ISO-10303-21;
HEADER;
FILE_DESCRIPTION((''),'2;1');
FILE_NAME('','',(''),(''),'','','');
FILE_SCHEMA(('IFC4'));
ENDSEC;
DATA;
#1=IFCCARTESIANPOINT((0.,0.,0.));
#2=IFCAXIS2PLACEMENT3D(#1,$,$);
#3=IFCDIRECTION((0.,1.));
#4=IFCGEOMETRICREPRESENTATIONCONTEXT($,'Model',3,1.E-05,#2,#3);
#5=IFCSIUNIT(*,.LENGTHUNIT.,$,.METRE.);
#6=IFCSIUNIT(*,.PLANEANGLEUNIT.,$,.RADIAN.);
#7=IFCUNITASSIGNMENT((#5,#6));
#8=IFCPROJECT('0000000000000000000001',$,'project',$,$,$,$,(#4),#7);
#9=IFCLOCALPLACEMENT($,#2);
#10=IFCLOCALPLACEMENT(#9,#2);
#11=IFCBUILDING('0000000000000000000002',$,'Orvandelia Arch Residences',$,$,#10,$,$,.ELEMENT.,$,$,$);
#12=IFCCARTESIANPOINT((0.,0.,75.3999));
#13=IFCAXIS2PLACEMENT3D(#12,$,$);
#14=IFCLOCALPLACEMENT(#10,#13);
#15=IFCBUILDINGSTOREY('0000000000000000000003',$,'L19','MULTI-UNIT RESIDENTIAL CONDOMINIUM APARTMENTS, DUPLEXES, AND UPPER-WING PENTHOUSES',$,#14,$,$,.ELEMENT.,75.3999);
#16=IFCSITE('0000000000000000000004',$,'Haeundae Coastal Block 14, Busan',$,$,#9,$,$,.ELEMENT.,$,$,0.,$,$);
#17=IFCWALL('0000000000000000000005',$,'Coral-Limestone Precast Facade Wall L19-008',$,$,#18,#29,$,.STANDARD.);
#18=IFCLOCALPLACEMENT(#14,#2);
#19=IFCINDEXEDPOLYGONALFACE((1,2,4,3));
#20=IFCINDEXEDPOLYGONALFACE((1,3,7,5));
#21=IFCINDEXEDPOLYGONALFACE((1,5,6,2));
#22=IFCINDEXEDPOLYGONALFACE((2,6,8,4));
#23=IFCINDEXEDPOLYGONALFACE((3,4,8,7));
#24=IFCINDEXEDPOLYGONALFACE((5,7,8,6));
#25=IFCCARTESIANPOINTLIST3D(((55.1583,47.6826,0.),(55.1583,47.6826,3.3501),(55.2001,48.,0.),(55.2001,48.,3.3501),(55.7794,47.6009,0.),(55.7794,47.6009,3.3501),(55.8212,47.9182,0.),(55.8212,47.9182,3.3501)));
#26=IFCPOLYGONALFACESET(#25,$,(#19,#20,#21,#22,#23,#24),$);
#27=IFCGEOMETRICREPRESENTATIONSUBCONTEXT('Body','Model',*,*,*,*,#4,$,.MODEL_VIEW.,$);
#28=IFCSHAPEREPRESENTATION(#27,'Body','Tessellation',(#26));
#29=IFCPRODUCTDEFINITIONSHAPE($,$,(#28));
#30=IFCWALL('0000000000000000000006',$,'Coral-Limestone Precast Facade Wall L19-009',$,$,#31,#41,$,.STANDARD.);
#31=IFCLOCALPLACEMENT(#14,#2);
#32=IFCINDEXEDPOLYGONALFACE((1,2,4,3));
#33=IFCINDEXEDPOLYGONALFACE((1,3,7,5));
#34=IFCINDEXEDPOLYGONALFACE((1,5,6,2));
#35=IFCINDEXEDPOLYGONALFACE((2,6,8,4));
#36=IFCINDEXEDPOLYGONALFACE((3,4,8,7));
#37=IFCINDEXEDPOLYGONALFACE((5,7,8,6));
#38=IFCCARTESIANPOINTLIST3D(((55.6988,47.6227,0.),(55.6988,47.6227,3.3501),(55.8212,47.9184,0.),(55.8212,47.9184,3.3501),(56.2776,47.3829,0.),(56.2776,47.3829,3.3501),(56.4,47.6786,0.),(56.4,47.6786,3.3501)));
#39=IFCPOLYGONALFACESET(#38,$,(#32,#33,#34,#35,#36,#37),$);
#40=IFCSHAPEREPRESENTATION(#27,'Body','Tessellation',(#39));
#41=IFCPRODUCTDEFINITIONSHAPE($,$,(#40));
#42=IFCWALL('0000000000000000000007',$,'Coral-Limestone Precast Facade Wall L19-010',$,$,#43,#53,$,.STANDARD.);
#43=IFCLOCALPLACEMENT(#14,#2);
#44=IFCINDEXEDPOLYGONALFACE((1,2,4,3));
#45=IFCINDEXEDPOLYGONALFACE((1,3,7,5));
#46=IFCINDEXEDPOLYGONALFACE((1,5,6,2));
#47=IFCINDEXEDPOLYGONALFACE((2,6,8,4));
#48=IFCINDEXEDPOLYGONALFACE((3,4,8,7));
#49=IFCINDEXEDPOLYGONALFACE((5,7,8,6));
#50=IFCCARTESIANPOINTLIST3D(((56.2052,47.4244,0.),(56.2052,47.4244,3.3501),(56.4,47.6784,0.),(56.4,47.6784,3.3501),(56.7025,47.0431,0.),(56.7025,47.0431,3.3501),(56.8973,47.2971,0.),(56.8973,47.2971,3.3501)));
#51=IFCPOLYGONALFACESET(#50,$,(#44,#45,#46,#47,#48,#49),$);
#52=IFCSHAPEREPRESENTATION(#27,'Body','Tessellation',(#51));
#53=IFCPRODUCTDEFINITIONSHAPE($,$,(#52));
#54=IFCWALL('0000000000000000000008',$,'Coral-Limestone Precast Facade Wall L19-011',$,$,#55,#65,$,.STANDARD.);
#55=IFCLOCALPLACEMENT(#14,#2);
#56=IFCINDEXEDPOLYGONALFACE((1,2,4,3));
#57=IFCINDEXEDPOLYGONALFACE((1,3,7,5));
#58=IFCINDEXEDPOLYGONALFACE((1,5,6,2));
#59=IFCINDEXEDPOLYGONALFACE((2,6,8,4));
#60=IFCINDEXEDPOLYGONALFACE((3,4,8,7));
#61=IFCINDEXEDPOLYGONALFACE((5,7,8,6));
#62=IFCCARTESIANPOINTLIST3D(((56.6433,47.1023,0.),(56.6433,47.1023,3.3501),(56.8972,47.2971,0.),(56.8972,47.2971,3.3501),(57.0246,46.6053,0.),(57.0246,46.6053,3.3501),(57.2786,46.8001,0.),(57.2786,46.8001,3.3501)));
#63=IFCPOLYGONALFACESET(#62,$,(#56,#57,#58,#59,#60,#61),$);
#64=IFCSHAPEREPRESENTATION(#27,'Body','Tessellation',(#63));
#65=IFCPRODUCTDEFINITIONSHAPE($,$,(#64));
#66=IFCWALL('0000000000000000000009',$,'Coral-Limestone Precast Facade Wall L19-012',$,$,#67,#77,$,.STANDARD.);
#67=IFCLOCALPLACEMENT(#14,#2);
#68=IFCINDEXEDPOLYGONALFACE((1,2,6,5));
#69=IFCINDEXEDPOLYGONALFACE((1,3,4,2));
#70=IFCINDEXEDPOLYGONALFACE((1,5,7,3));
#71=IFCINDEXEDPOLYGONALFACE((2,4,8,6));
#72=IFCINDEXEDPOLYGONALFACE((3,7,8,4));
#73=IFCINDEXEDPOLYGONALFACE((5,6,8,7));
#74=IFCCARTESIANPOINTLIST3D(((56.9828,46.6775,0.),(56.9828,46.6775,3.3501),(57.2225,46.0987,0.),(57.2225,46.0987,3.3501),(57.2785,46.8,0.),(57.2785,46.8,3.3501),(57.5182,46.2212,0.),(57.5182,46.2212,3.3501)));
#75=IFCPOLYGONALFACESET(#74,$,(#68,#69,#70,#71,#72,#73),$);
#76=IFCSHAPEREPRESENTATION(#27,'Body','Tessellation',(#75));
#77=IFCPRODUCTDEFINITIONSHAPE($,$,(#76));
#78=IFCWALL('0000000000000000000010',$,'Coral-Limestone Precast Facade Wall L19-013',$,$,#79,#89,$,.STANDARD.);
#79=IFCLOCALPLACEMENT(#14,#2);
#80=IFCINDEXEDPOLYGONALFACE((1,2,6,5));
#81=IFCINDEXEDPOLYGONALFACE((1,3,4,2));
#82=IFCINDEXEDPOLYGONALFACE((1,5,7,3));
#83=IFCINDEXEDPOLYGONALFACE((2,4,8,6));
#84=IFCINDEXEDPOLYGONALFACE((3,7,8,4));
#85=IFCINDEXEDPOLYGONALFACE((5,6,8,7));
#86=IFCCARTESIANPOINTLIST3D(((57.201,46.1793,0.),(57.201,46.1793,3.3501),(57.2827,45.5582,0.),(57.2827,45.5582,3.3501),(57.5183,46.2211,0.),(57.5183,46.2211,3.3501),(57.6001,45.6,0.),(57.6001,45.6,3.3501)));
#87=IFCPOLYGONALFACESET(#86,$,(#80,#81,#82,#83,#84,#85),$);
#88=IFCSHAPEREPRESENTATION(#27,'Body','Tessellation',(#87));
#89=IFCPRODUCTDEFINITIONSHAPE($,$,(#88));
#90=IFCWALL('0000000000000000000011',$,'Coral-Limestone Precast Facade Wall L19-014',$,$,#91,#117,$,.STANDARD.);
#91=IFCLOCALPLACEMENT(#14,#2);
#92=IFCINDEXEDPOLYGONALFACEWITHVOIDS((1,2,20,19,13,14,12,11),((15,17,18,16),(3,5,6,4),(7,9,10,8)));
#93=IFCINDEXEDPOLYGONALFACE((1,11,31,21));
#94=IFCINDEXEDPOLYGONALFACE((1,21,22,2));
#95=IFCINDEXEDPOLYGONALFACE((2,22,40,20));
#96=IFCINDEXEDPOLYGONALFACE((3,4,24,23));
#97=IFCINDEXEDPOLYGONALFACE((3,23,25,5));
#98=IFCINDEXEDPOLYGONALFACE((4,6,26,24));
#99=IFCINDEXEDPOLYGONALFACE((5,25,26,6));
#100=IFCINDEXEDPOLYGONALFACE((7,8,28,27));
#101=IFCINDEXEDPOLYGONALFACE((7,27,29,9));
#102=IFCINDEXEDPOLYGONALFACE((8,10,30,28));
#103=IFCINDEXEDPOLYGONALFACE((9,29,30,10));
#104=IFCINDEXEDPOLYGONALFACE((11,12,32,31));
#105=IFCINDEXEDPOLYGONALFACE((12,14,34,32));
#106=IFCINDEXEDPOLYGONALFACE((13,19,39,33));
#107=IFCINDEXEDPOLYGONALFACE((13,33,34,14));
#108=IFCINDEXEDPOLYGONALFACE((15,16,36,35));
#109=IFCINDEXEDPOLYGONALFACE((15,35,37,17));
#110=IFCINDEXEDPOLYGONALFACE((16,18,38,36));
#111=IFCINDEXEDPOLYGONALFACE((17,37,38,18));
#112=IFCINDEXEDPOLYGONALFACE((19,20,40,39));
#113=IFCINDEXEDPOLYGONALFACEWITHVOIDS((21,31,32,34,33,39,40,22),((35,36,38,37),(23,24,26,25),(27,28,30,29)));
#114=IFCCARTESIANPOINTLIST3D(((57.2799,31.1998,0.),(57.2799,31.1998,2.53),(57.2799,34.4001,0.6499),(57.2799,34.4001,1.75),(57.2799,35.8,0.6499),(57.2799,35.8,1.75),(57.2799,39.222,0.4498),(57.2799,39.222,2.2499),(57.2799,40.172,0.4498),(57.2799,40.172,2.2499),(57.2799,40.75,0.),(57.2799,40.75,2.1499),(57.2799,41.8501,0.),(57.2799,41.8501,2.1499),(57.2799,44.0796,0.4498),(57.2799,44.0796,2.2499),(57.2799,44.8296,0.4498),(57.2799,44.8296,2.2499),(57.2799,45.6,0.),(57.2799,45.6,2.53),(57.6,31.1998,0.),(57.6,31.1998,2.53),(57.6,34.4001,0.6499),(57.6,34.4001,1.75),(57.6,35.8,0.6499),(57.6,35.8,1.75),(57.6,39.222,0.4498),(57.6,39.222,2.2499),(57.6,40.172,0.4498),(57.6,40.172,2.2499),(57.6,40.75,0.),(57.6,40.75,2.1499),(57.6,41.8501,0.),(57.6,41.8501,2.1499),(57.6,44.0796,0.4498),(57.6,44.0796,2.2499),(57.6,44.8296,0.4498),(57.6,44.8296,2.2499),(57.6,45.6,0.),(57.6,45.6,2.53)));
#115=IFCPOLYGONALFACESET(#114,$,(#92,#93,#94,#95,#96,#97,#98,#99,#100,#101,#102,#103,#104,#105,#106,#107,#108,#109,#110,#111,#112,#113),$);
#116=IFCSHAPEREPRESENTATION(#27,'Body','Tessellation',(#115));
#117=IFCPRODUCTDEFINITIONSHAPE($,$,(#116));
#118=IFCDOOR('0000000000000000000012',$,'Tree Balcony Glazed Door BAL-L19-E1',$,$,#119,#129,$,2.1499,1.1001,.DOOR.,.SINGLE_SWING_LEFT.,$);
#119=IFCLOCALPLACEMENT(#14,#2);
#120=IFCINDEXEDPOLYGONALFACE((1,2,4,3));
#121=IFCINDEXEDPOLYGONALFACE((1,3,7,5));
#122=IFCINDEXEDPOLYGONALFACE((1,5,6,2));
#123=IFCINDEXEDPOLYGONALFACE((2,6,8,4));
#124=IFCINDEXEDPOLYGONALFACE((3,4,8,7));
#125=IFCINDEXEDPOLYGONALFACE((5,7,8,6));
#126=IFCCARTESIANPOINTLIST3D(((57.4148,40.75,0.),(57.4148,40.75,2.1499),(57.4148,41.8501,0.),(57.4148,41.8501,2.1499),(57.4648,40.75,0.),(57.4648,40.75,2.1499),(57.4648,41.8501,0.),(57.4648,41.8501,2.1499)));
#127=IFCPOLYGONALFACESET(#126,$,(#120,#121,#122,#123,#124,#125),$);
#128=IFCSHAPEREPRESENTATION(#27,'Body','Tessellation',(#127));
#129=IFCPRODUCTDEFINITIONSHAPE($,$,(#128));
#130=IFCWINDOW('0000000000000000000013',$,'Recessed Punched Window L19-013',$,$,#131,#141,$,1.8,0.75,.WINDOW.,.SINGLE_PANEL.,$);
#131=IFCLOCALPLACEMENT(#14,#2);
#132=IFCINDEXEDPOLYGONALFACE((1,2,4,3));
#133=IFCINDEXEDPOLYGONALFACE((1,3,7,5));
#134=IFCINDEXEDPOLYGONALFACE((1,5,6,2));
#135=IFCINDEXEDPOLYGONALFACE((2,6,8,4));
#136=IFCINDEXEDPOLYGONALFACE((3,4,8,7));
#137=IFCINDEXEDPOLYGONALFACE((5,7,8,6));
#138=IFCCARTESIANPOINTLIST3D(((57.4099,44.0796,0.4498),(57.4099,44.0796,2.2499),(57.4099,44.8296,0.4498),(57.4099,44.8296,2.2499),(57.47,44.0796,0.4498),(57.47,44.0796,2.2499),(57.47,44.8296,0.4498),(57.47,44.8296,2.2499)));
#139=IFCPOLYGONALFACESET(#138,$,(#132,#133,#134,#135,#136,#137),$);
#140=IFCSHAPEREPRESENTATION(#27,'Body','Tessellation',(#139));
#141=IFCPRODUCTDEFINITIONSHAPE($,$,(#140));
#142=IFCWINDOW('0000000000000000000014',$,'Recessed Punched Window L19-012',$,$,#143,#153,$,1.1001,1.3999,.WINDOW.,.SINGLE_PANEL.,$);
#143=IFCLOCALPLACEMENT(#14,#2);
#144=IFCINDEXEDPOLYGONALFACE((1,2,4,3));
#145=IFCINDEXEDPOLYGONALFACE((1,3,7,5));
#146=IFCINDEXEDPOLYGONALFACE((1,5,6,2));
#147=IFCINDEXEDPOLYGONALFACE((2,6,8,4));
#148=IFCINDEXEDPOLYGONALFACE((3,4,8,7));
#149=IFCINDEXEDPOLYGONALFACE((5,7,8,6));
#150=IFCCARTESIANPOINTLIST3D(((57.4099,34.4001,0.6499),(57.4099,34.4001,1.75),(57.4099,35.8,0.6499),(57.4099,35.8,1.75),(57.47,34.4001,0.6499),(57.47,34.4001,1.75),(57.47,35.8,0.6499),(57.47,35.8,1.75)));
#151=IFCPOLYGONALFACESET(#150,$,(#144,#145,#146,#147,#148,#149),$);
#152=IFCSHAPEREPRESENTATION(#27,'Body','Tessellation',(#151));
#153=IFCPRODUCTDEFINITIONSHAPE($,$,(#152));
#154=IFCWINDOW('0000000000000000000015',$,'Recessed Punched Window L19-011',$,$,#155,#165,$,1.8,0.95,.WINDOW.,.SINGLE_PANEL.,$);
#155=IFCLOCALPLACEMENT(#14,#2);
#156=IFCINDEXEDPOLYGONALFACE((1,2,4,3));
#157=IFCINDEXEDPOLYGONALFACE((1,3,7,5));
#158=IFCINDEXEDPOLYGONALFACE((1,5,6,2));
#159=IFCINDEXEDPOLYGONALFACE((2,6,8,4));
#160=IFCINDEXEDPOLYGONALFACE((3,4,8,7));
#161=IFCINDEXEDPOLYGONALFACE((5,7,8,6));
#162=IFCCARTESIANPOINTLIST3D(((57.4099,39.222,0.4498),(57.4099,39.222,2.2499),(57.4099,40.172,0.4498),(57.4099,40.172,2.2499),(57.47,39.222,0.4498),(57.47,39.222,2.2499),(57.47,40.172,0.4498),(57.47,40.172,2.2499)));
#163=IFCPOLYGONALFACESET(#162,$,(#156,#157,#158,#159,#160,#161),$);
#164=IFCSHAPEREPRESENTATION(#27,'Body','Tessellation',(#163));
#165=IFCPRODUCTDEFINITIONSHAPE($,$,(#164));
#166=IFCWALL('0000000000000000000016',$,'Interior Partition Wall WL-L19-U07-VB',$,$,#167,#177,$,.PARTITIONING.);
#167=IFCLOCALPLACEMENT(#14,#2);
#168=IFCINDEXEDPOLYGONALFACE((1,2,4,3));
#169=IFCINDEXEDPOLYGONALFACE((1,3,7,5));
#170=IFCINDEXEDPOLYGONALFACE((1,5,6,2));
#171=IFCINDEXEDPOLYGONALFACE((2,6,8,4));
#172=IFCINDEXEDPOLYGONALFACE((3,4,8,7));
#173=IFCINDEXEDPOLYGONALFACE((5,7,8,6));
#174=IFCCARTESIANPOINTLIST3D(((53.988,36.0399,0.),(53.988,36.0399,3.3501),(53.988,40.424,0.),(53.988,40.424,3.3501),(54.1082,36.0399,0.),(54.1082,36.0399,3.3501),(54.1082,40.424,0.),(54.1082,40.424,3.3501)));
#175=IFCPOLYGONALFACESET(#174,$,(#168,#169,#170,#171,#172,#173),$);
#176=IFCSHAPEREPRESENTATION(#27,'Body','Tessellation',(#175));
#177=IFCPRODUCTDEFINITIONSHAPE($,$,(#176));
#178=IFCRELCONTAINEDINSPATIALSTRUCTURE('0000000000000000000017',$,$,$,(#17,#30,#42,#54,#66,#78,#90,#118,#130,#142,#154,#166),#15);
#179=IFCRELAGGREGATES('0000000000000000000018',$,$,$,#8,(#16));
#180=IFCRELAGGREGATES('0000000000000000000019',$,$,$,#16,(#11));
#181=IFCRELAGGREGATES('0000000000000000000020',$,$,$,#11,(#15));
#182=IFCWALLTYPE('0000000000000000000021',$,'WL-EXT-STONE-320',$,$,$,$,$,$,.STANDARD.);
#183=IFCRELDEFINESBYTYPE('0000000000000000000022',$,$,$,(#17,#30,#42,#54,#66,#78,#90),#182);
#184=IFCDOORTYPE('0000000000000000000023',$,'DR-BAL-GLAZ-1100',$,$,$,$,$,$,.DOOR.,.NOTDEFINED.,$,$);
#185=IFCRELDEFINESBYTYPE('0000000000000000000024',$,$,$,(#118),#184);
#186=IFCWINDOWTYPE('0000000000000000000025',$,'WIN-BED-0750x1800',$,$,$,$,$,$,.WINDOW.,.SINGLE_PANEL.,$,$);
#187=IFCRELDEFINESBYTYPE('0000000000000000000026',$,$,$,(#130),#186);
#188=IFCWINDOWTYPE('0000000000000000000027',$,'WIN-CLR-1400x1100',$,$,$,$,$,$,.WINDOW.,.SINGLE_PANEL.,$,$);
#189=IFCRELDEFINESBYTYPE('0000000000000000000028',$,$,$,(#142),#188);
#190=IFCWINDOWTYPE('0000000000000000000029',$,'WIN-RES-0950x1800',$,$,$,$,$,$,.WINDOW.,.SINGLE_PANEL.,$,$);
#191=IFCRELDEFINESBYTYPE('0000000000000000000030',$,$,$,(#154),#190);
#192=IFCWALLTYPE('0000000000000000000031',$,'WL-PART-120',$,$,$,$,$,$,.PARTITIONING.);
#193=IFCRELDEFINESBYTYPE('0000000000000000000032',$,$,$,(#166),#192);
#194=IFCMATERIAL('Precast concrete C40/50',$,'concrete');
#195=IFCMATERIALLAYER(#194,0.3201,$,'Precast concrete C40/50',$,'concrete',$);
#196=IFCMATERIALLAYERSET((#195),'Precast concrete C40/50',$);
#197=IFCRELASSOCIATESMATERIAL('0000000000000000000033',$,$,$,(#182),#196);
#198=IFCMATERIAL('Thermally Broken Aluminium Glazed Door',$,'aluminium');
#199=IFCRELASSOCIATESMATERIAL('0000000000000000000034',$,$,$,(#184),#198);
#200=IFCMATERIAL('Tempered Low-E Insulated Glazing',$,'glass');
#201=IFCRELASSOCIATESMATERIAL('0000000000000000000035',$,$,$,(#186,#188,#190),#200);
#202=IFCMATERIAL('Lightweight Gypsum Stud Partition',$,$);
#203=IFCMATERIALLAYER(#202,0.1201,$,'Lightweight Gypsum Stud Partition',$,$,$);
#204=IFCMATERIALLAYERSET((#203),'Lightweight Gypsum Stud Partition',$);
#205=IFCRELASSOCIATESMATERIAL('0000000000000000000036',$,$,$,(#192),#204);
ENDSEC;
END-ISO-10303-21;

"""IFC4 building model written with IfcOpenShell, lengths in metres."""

from ifc_helpers import new_model, si_unit, direction, frame, frame_2d, origin, place, context, subcontext, project, spatial, rectangle, extrude, material, layer, layer_set, type_object, element, fill, save


model = new_model("IFC4")

# Units and contexts
model_context = context("Model", 3, precision=1e-05, world=origin(), true_north=direction((0.0, 1.0)))
body_context = subcontext(model_context, "Body", "Model", "MODEL_VIEW")
ifc_project = project(units=[si_unit("LENGTHUNIT", "METRE"), si_unit("PLANEANGLEUNIT", "RADIAN")], contexts=[model_context])

# Site, building, storey
site_placement = place(None, origin())
site = spatial("IfcSite", under=ifc_project, at=site_placement, Name="Haeundae Coastal Block 14, Busan", CompositionType="ELEMENT", RefElevation=0.0)
building_placement = place(site_placement, origin())
building = spatial("IfcBuilding", under=site, at=building_placement, Name="Orvandelia Arch Residences", CompositionType="ELEMENT")
storey_placement = place(building_placement, frame((0.0, 0.0, 75.3999)))
storey = spatial("IfcBuildingStorey", under=building, at=storey_placement, Name="L19", Description="MULTI-UNIT RESIDENTIAL CONDOMINIUM APARTMENTS, DUPLEXES, AND UPPER-WING PENTHOUSES", CompositionType="ELEMENT", Elevation=75.3999)

# Walls
ifc_material_1 = material(Name="Precast concrete C40/50", Category="concrete")
ifc_layer_1 = layer(ifc_material_1, 0.3201, Name="Precast concrete C40/50", Category="concrete")
ifc_layer_set_1 = layer_set([ifc_layer_1], Name="Precast concrete C40/50")
wall_type_1 = type_object("IfcWallType", Name="WL-EXT-STONE-320", PredefinedType="STANDARD", material=ifc_layer_set_1)
for number, where, z_axis, x_axis, name in (
    (1, (55.1792, 47.8413, 0.0), (0.0, 0.0, 1.0), (0.991441, -0.130555, 0.0), "Coral-Limestone Precast Facade Wall L19-008"),
    (2, (55.76, 47.7705, 0.0), (0.0, 0.0, 1.0), (0.923893, -0.38265, 0.0), "Coral-Limestone Precast Facade Wall L19-009"),
):
    element("IfcWall", number, at=place(storey_placement, frame(where, z_axis=z_axis, x_axis=x_axis)), inside=storey, type_object=wall_type_1, Name=name, PredefinedType="STANDARD", context=body_context, shape_type="SweptSolid", body=[
        extrude(rectangle(XDim=0.6265, YDim=0.3201, at=frame_2d((0.3132, 0.0))), origin(), (0.0, 0.0, 1.0), 3.3501),
    ])
wall_1_placement = place(storey_placement, frame((56.3025, 47.5515, 0.0), z_axis=(0.0, 0.0, 1.0), x_axis=(0.79355, -0.608505, 0.0)))
element("IfcWall", 3, at=wall_1_placement, inside=storey, type_object=wall_type_1, Name="Coral-Limestone Precast Facade Wall L19-010", PredefinedType="STANDARD", context=body_context, shape_type="SweptSolid", body=[
    extrude(rectangle(XDim=0.6267, YDim=0.3201, at=frame_2d((0.3135, 0.0))), origin(), (0.0, 0.0, 1.0), 3.3501),
])
for number, where, z_axis, x_axis, name in (
    (4, (56.7703, 47.1997, 0.0), (0.0, 0.0, 1.0), (0.608693, -0.793406, 0.0), "Coral-Limestone Precast Facade Wall L19-011"),
    (5, (57.1306, 46.7388, 0.0), (0.0, 0.0, 1.0), (0.38265, -0.923893, 0.0), "Coral-Limestone Precast Facade Wall L19-012"),
    (6, (57.3596, 46.2002, 0.0), (0.0, 0.0, 1.0), (0.130555, -0.991441, 0.0), "Coral-Limestone Precast Facade Wall L19-013"),
):
    element("IfcWall", number, at=place(storey_placement, frame(where, z_axis=z_axis, x_axis=x_axis)), inside=storey, type_object=wall_type_1, Name=name, PredefinedType="STANDARD", context=body_context, shape_type="SweptSolid", body=[
        extrude(rectangle(XDim=0.6265, YDim=0.3201, at=frame_2d((0.3132, 0.0))), origin(), (0.0, 0.0, 1.0), 3.3501),
    ])

# Wall, openings, door, windows
wall_2_placement = place(storey_placement, frame((57.4399, 45.6001, 0.0), z_axis=(0.0, 0.0, 1.0), x_axis=(0.0, -1.0, 0.0)))
wall_2 = element("IfcWall", 7, at=wall_2_placement, inside=storey, type_object=wall_type_1, Name="Coral-Limestone Precast Facade Wall L19-014", PredefinedType="STANDARD", context=body_context, shape_type="SweptSolid", body=[
    extrude(rectangle(XDim=14.4001, YDim=0.3201, at=frame_2d((7.2002, 0.0))), origin(), (0.0, 0.0, 1.0), 2.53),
])
opening_1_placement = place(wall_2_placement, frame((3.75, 0.0, 0.0)))
opening_1 = element("IfcOpeningElement", 8, at=opening_1_placement, cuts=wall_2, PredefinedType="OPENING", context=body_context, shape_type="SweptSolid", body=[
    extrude(rectangle(XDim=1.1001, YDim=2.1499, at=frame_2d((0.55, 1.075))), frame((0.0, 0.1699, 0.0), z_axis=(0.0, -1.0, 0.0), x_axis=(1.0, 0.0, 0.0)), (0.0, 0.0, 1.0), 0.3401),
])
opening_2_placement = place(wall_2_placement, frame((5.428, 0.0, 0.45)))
opening_2 = element("IfcOpeningElement", 9, at=opening_2_placement, cuts=wall_2, PredefinedType="OPENING", context=body_context, shape_type="SweptSolid", body=[
    extrude(rectangle(XDim=0.95, YDim=1.8, at=frame_2d((0.4751, 0.8999))), frame((0.0, 0.1699, 0.0), z_axis=(0.0, -1.0, 0.0), x_axis=(1.0, 0.0, 0.0)), (0.0, 0.0, 1.0), 0.3401),
])
opening_3_placement = place(wall_2_placement, frame((9.8, 0.0, 0.6499)))
opening_3 = element("IfcOpeningElement", 10, at=opening_3_placement, cuts=wall_2, PredefinedType="OPENING", context=body_context, shape_type="SweptSolid", body=[
    extrude(rectangle(XDim=1.3999, YDim=1.1001, at=frame_2d((0.7, 0.55))), frame((0.0, 0.1699, 0.0), z_axis=(0.0, -1.0, 0.0), x_axis=(1.0, 0.0, 0.0)), (0.0, 0.0, 1.0), 0.3401),
])
opening_4_placement = place(wall_2_placement, frame((0.7705, 0.0, 0.45)))
opening_4 = element("IfcOpeningElement", 11, at=opening_4_placement, cuts=wall_2, PredefinedType="OPENING", context=body_context, shape_type="SweptSolid", body=[
    extrude(rectangle(XDim=0.75, YDim=1.8, at=frame_2d((0.375, 0.8999))), frame((0.0, 0.1699, 0.0), z_axis=(0.0, -1.0, 0.0), x_axis=(1.0, 0.0, 0.0)), (0.0, 0.0, 1.0), 0.3401),
])
ifc_material_2 = material(Name="Thermally Broken Aluminium Glazed Door", Category="aluminium")
door_type = type_object("IfcDoorType", Name="DR-BAL-GLAZ-1100", OperationType="NOTDEFINED", PredefinedType="DOOR", material=ifc_material_2)
door_placement = place(opening_1_placement, origin())
door = element("IfcDoor", 12, at=door_placement, inside=storey, type_object=door_type, Name="Tree Balcony Glazed Door BAL-L19-E1", OperationType="SINGLE_SWING_LEFT", OverallHeight=2.1499, OverallWidth=1.1001, PredefinedType="DOOR", context=body_context, shape_type="SweptSolid", body=[
    extrude(rectangle(XDim=1.1001, YDim=2.1499, at=frame_2d((0.55, 1.075))), frame((0.0, 0.0249, 0.0), z_axis=(0.0, -1.0, 0.0), x_axis=(1.0, 0.0, 0.0)), (0.0, 0.0, 1.0), 0.05),
])
fill(opening_1, door)
ifc_material_3 = material(Name="Tempered Low-E Insulated Glazing", Category="glass")
window_type_1 = type_object("IfcWindowType", Name="WIN-BED-0750x1800", PartitioningType="SINGLE_PANEL", PredefinedType="WINDOW", material=ifc_material_3)
window_1_placement = place(opening_4_placement, origin())
window_1 = element("IfcWindow", 13, at=window_1_placement, inside=storey, type_object=window_type_1, Name="Recessed Punched Window L19-013", OverallHeight=1.8, OverallWidth=0.75, PartitioningType="SINGLE_PANEL", PredefinedType="WINDOW", context=body_context, shape_type="SweptSolid", body=[
    extrude(rectangle(XDim=0.75, YDim=1.8, at=frame_2d((0.375, 0.8999))), frame((0.0, 0.03, 0.0), z_axis=(0.0, -1.0, 0.0), x_axis=(1.0, 0.0, 0.0)), (0.0, 0.0, 1.0), 0.0601),
])
fill(opening_4, window_1)
window_type_2 = type_object("IfcWindowType", Name="WIN-CLR-1400x1100", PartitioningType="SINGLE_PANEL", PredefinedType="WINDOW", material=ifc_material_3)
window_2_placement = place(opening_3_placement, origin())
window_2 = element("IfcWindow", 14, at=window_2_placement, inside=storey, type_object=window_type_2, Name="Recessed Punched Window L19-012", OverallHeight=1.1001, OverallWidth=1.3999, PartitioningType="SINGLE_PANEL", PredefinedType="WINDOW", context=body_context, shape_type="SweptSolid", body=[
    extrude(rectangle(XDim=1.3999, YDim=1.1001, at=frame_2d((0.7, 0.55))), frame((0.0, 0.03, 0.0), z_axis=(0.0, -1.0, 0.0), x_axis=(1.0, 0.0, 0.0)), (0.0, 0.0, 1.0), 0.0601),
])
fill(opening_3, window_2)
window_type_3 = type_object("IfcWindowType", Name="WIN-RES-0950x1800", PartitioningType="SINGLE_PANEL", PredefinedType="WINDOW", material=ifc_material_3)
window_3_placement = place(opening_2_placement, origin())
window_3 = element("IfcWindow", 15, at=window_3_placement, inside=storey, type_object=window_type_3, Name="Recessed Punched Window L19-011", OverallHeight=1.8, OverallWidth=0.95, PartitioningType="SINGLE_PANEL", PredefinedType="WINDOW", context=body_context, shape_type="SweptSolid", body=[
    extrude(rectangle(XDim=0.95, YDim=1.8, at=frame_2d((0.4751, 0.8999))), frame((0.0, 0.03, 0.0), z_axis=(0.0, -1.0, 0.0), x_axis=(1.0, 0.0, 0.0)), (0.0, 0.0, 1.0), 0.0601),
])
fill(opening_2, window_3)

# Wall
ifc_material_4 = material(Name="Lightweight Gypsum Stud Partition")
ifc_layer_2 = layer(ifc_material_4, 0.1201, Name="Lightweight Gypsum Stud Partition")
ifc_layer_set_2 = layer_set([ifc_layer_2], Name="Lightweight Gypsum Stud Partition")
wall_type_2 = type_object("IfcWallType", Name="WL-PART-120", PredefinedType="PARTITIONING", material=ifc_layer_set_2)
wall_3_placement = place(storey_placement, frame((54.0481, 36.04, 0.0), z_axis=(0.0, 0.0, 1.0), x_axis=(0.0, 1.0, 0.0)))
element("IfcWall", 16, at=wall_3_placement, inside=storey, type_object=wall_type_2, Name="Interior Partition Wall WL-L19-U07-VB", PredefinedType="PARTITIONING", context=body_context, shape_type="SweptSolid", body=[
    extrude(rectangle(XDim=4.384, YDim=0.1201, at=frame_2d((2.1919, 0.0))), origin(), (0.0, 0.0, 1.0), 3.3501),
])

save(model, "model.ifc")
